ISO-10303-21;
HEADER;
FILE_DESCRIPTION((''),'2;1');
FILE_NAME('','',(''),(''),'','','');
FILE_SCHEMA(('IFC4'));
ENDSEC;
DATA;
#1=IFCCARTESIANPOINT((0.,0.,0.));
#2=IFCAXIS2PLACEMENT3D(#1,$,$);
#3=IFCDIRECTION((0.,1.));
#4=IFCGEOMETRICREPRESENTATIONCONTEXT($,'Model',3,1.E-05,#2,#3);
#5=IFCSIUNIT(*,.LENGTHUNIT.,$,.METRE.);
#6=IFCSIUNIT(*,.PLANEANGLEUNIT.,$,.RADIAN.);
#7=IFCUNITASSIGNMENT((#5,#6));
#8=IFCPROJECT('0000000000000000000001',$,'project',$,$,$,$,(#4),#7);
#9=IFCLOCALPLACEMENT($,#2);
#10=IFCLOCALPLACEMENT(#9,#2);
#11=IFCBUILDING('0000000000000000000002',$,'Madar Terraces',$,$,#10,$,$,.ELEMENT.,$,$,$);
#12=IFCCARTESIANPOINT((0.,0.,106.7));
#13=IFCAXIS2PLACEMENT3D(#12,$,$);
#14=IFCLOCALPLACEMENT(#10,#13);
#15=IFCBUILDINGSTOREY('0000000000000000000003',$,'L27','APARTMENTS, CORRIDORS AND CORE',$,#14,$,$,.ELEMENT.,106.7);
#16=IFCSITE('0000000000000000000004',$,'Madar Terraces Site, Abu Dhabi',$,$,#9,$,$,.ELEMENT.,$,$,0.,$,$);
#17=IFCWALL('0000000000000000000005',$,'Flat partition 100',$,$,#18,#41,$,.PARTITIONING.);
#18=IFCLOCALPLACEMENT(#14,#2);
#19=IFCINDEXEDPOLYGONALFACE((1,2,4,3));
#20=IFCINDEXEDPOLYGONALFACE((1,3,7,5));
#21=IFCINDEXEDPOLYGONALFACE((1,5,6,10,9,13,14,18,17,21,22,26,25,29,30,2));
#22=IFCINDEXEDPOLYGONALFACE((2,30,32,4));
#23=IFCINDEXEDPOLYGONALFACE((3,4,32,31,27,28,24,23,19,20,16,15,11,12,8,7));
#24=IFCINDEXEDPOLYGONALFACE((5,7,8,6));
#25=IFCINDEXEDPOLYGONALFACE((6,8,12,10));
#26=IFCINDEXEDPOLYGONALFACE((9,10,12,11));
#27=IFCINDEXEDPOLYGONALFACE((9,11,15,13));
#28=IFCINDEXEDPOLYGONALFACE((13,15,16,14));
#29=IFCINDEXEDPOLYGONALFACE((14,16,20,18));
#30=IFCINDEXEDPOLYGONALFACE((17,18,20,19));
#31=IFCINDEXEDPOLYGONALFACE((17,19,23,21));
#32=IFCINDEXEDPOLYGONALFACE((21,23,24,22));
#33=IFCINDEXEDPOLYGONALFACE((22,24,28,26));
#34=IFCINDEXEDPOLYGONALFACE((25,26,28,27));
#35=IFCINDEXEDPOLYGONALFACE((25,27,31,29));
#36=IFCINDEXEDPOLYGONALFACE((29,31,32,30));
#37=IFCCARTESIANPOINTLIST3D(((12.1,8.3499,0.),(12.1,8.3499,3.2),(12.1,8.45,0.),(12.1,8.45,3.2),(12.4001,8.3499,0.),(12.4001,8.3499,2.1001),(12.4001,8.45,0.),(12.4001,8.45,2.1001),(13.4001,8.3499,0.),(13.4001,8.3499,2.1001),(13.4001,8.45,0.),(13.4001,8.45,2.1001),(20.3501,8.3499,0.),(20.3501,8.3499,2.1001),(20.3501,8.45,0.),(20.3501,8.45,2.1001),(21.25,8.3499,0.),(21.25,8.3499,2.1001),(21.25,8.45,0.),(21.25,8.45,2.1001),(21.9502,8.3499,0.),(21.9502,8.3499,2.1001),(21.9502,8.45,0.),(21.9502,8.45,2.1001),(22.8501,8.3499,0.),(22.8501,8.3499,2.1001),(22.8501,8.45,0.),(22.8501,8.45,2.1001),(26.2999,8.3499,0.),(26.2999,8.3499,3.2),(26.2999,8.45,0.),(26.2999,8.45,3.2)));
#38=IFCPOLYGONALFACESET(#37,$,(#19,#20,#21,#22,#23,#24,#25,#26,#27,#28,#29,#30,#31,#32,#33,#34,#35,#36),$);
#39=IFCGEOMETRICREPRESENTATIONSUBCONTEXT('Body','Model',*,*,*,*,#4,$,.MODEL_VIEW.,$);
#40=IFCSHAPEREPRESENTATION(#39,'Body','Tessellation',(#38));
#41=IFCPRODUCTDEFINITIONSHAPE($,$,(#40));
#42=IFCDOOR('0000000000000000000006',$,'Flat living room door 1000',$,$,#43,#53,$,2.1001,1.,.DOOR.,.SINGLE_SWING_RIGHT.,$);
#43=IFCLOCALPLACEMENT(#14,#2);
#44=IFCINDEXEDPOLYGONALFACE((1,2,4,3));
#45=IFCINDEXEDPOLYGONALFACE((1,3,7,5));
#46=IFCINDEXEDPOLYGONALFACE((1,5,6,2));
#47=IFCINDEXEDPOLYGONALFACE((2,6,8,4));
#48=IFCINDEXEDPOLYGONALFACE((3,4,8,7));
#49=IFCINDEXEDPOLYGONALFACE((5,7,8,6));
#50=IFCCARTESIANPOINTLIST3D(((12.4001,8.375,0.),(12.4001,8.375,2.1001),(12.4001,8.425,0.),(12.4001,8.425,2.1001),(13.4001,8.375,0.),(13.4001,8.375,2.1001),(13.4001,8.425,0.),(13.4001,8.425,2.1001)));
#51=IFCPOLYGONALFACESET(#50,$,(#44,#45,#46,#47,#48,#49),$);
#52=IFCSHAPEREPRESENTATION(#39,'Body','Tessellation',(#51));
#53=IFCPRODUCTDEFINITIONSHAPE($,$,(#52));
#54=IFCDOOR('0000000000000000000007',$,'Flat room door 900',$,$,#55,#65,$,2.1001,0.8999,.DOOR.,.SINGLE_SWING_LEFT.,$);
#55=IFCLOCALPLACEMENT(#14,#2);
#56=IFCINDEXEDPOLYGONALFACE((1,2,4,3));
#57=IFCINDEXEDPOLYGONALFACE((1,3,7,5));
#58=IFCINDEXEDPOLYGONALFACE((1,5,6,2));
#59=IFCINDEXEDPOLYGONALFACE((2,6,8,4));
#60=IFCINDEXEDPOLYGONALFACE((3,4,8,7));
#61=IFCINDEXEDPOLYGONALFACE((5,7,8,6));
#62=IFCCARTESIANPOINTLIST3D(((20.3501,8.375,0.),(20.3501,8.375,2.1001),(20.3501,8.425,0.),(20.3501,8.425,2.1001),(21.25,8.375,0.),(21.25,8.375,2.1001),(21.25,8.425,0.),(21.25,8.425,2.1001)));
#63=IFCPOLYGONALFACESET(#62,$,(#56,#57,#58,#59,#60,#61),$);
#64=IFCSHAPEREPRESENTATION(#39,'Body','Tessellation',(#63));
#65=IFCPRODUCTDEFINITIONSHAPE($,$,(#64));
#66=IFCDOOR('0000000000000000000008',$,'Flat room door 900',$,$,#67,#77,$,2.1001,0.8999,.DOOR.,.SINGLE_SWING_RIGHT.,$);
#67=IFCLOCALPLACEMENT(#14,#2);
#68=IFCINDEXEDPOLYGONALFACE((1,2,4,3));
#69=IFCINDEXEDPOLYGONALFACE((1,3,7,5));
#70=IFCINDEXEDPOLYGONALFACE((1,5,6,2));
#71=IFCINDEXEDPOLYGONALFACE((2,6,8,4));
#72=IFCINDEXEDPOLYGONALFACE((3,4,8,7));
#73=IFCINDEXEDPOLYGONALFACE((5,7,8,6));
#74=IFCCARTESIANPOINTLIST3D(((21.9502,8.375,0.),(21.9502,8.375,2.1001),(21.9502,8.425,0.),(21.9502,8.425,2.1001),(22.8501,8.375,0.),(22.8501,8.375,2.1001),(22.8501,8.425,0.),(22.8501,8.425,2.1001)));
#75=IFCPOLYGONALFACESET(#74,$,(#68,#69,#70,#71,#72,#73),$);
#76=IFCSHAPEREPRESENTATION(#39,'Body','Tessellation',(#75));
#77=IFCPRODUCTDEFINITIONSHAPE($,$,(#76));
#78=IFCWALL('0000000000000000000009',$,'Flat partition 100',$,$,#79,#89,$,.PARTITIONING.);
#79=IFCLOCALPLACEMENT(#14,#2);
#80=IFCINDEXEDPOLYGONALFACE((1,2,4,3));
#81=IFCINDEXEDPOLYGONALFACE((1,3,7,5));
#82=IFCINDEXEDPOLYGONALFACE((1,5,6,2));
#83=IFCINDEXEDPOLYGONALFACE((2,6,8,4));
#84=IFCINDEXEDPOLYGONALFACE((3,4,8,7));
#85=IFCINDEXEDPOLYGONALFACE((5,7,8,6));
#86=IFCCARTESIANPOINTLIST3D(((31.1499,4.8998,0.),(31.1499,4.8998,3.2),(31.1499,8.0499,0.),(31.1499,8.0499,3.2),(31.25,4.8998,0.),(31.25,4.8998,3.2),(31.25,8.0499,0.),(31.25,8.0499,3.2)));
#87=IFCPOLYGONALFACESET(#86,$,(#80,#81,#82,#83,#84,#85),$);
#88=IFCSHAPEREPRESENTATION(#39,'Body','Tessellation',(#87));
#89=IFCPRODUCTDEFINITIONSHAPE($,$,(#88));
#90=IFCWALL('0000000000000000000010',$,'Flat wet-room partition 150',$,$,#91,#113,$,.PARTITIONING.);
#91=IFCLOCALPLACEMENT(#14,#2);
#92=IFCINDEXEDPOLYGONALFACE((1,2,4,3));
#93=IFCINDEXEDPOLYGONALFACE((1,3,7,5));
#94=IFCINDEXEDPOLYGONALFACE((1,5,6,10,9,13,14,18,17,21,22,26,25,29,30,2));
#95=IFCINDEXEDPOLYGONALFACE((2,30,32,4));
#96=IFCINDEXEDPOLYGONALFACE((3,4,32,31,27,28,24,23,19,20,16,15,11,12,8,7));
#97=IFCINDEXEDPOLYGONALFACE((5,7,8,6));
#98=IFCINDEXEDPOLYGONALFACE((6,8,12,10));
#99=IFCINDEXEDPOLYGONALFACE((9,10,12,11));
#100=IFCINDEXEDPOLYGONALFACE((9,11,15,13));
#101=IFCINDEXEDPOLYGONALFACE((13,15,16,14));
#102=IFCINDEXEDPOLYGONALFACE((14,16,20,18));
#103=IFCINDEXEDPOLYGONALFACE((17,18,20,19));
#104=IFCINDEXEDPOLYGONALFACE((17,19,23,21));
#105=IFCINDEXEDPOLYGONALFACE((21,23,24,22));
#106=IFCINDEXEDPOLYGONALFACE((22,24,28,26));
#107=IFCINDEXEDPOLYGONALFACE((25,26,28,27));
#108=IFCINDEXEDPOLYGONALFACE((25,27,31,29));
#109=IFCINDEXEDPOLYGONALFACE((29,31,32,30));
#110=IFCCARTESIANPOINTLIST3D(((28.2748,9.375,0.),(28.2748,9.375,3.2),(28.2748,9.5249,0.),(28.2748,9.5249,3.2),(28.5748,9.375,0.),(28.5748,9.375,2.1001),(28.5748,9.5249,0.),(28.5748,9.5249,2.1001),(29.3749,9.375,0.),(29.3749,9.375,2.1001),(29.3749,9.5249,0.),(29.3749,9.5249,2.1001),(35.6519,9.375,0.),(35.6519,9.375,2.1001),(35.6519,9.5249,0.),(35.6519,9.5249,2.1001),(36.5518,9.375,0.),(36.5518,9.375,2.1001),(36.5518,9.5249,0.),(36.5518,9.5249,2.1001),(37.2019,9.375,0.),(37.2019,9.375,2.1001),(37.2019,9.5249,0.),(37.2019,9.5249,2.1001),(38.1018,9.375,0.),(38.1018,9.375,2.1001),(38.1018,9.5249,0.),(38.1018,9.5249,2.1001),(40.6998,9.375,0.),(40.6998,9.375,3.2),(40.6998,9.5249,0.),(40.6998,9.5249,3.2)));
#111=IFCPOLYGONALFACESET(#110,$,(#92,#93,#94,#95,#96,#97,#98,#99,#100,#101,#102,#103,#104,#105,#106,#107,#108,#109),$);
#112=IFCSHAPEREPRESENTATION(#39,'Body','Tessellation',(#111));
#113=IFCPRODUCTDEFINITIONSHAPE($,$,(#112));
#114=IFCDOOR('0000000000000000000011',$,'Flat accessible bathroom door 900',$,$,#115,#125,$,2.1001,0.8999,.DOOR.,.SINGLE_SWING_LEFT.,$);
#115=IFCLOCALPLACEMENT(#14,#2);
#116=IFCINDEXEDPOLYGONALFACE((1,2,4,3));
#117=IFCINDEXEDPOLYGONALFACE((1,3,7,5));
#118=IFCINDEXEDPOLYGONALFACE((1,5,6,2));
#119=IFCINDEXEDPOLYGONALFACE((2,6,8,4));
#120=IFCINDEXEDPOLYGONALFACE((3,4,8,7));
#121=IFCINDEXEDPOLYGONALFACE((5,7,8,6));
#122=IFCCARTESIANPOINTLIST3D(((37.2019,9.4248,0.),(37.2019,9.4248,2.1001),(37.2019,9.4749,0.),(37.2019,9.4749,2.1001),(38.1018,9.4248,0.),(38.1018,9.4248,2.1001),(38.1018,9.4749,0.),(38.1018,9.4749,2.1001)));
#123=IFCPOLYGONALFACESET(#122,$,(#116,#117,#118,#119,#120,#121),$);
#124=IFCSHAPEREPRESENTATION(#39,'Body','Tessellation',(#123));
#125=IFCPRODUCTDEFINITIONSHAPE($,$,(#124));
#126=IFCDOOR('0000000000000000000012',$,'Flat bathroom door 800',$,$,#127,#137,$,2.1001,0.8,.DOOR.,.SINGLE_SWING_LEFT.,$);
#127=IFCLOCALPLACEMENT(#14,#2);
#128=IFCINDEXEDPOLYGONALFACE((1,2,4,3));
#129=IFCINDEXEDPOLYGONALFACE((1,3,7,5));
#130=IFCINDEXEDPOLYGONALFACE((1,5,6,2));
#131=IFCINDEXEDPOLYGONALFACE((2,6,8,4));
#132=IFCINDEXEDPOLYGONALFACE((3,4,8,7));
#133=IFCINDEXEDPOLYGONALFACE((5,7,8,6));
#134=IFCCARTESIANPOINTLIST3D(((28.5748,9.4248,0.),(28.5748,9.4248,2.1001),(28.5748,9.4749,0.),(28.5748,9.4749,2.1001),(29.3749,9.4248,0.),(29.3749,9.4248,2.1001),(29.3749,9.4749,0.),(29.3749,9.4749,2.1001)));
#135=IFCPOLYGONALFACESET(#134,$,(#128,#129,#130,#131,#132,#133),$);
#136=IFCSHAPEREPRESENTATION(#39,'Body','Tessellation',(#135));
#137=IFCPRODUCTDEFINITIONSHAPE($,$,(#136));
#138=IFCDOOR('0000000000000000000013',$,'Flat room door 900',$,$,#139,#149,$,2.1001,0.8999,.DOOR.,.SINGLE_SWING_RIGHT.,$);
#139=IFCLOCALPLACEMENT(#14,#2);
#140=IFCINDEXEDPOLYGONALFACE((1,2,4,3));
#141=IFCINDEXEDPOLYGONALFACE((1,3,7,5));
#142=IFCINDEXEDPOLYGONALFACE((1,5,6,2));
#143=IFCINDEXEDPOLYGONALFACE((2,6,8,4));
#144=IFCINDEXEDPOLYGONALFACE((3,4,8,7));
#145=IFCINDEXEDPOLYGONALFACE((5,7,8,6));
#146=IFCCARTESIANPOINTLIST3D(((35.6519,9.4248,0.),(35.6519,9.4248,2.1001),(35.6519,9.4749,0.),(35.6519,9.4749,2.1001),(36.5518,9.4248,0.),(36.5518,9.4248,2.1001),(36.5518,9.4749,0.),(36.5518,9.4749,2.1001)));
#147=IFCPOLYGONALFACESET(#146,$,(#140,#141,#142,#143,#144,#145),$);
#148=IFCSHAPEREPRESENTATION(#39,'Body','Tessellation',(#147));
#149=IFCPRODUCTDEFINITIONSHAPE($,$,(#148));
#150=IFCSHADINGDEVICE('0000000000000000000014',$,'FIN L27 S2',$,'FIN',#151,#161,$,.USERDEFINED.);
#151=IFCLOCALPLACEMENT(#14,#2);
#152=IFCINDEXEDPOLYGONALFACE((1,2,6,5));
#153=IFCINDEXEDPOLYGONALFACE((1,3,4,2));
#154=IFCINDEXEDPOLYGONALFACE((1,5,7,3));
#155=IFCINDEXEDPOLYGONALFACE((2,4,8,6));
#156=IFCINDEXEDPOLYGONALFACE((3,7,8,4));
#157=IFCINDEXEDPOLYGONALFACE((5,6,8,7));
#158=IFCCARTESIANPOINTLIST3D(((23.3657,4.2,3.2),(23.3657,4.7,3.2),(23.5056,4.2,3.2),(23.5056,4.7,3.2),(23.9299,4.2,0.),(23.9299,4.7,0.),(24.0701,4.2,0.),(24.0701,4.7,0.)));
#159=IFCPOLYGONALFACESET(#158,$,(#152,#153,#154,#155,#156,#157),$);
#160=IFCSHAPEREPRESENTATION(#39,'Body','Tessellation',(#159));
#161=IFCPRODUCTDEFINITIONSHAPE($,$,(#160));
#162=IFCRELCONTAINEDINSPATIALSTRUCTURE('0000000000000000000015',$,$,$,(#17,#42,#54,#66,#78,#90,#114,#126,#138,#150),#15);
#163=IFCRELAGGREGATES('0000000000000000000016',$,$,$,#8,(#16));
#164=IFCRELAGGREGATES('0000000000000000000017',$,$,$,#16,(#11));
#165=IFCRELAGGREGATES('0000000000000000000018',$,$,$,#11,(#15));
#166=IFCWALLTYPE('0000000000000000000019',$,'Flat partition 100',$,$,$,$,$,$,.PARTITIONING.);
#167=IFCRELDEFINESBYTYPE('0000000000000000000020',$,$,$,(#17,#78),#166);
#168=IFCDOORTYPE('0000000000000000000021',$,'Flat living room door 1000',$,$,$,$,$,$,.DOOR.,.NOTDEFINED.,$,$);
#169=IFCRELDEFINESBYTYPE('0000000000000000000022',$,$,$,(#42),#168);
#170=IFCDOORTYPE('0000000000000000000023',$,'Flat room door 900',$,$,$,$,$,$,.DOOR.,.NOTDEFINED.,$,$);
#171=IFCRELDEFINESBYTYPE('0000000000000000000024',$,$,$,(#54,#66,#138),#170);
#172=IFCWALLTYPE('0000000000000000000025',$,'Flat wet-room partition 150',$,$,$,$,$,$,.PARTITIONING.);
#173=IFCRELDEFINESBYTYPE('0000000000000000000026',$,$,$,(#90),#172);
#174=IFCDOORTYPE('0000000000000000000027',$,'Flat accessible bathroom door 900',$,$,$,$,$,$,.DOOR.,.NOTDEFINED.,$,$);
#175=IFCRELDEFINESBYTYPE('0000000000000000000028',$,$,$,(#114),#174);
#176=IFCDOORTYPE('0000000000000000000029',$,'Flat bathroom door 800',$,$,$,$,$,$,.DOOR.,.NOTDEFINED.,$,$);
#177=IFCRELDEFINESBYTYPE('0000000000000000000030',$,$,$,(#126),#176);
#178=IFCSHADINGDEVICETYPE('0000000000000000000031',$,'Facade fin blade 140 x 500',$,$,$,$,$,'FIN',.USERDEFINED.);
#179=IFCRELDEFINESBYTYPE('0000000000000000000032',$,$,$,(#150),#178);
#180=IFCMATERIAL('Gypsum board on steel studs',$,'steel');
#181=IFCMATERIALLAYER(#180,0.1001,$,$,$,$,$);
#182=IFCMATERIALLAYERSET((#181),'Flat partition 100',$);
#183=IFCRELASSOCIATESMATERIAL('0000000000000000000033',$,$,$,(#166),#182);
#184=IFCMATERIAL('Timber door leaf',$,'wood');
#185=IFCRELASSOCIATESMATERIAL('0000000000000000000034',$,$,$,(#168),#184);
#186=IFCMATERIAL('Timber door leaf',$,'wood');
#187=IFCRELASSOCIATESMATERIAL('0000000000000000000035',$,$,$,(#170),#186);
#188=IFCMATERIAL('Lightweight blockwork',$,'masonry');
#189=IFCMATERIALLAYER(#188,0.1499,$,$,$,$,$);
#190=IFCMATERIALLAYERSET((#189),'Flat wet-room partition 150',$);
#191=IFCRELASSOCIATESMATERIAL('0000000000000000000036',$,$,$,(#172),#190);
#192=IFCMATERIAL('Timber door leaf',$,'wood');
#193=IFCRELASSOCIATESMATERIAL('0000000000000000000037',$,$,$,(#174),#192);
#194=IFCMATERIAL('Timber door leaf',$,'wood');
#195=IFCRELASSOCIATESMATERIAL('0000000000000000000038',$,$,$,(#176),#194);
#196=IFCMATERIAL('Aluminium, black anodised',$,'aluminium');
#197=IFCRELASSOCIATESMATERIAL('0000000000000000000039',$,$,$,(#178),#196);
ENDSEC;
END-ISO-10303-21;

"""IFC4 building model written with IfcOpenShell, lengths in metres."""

from ifc_helpers import new_model, si_unit, direction, frame, frame_2d, origin, place, context, subcontext, project, spatial, polyline, rectangle, outline, extrude, material, layer, layer_set, type_object, element, fill, save


model = new_model("IFC4")

# Units and contexts
model_context = context("Model", 3, precision=1e-05, world=origin(), true_north=direction((0.0, 1.0)))
body_context = subcontext(model_context, "Body", "Model", "MODEL_VIEW")
ifc_project = project(units=[si_unit("LENGTHUNIT", "METRE"), si_unit("PLANEANGLEUNIT", "RADIAN")], contexts=[model_context])

# Site, building, storey
site_placement = place(None, origin())
site = spatial("IfcSite", under=ifc_project, at=site_placement, Name="Madar Terraces Site, Abu Dhabi", CompositionType="ELEMENT", RefElevation=0.0)
building_placement = place(site_placement, origin())
building = spatial("IfcBuilding", under=site, at=building_placement, Name="Madar Terraces", CompositionType="ELEMENT")
storey_placement = place(building_placement, frame((0.0, 0.0, 106.7)))
storey = spatial("IfcBuildingStorey", under=building, at=storey_placement, Name="L27", Description="APARTMENTS, CORRIDORS AND CORE", CompositionType="ELEMENT", Elevation=106.7)

# Shared definitions
ifc_material_1 = material(Name="Gypsum board on steel studs", Category="steel")
ifc_layer_1 = layer(ifc_material_1, 0.1001)
ifc_layer_set_1 = layer_set([ifc_layer_1], Name="Flat partition 100")
wall_type_1 = type_object("IfcWallType", Name="Flat partition 100", PredefinedType="PARTITIONING", material=ifc_layer_set_1)

# Wall, openings, doors
wall_1_placement = place(storey_placement, frame((26.3, 8.3999, 0.0), z_axis=(0.0, 0.0, 1.0), x_axis=(-1.0, 0.0, 0.0)))
wall_1 = element("IfcWall", 1, at=wall_1_placement, inside=storey, type_object=wall_type_1, Name="Flat partition 100", PredefinedType="PARTITIONING", context=body_context, shape_type="SweptSolid", body=[
    extrude(rectangle(XDim=14.2, YDim=0.1001, at=frame_2d((7.1001, 0.0))), origin(), (0.0, 0.0, 1.0), 3.2),
])
opening_1_placement = place(wall_1_placement, frame((12.8999, 0.0, 0.0)))
opening_1 = element("IfcOpeningElement", 2, at=opening_1_placement, cuts=wall_1, PredefinedType="OPENING", context=body_context, shape_type="SweptSolid", body=[
    extrude(rectangle(XDim=1.0, YDim=2.1001, at=frame_2d((0.5, 1.05))), frame((0.0, 0.0601, 0.0), z_axis=(0.0, -1.0, 0.0), x_axis=(1.0, 0.0, 0.0)), (0.0, 0.0, 1.0), 0.1201),
])
opening_2_placement = place(wall_1_placement, frame((5.05, 0.0, 0.0)))
opening_2 = element("IfcOpeningElement", 3, at=opening_2_placement, cuts=wall_1, PredefinedType="OPENING", context=body_context, shape_type="SweptSolid", body=[
    extrude(rectangle(XDim=0.8999, YDim=2.1001, at=frame_2d((0.45, 1.05))), frame((0.0, 0.0601, 0.0), z_axis=(0.0, -1.0, 0.0), x_axis=(1.0, 0.0, 0.0)), (0.0, 0.0, 1.0), 0.1201),
])
opening_3_placement = place(wall_1_placement, frame((3.45, 0.0, 0.0)))
opening_3 = element("IfcOpeningElement", 4, at=opening_3_placement, cuts=wall_1, PredefinedType="OPENING", context=body_context, shape_type="SweptSolid", body=[
    extrude(rectangle(XDim=0.8999, YDim=2.1001, at=frame_2d((0.45, 1.05))), frame((0.0, 0.0601, 0.0), z_axis=(0.0, -1.0, 0.0), x_axis=(1.0, 0.0, 0.0)), (0.0, 0.0, 1.0), 0.1201),
])
ifc_material_2 = material(Name="Timber door leaf", Category="wood")
door_type_1 = type_object("IfcDoorType", Name="Flat living room door 1000", OperationType="NOTDEFINED", PredefinedType="DOOR", material=ifc_material_2)
door_1_placement = place(opening_1_placement, origin())
door_1 = element("IfcDoor", 5, at=door_1_placement, inside=storey, type_object=door_type_1, Name="Flat living room door 1000", OperationType="SINGLE_SWING_RIGHT", OverallHeight=2.1001, OverallWidth=1.0, PredefinedType="DOOR", context=body_context, shape_type="SweptSolid", body=[
    extrude(rectangle(XDim=1.0, YDim=2.1001, at=frame_2d((0.5, 1.05))), frame((0.0, 0.0249, 0.0), z_axis=(0.0, -1.0, 0.0), x_axis=(1.0, 0.0, 0.0)), (0.0, 0.0, 1.0), 0.05),
])
fill(opening_1, door_1)
ifc_material_3 = material(Name="Timber door leaf", Category="wood")
door_type_2 = type_object("IfcDoorType", Name="Flat room door 900", OperationType="NOTDEFINED", PredefinedType="DOOR", material=ifc_material_3)
door_2_placement = place(opening_2_placement, origin())
door_2 = element("IfcDoor", 6, at=door_2_placement, inside=storey, type_object=door_type_2, Name="Flat room door 900", OperationType="SINGLE_SWING_LEFT", OverallHeight=2.1001, OverallWidth=0.8999, PredefinedType="DOOR", context=body_context, shape_type="SweptSolid", body=[
    extrude(rectangle(XDim=0.8999, YDim=2.1001, at=frame_2d((0.45, 1.05))), frame((0.0, 0.0249, 0.0), z_axis=(0.0, -1.0, 0.0), x_axis=(1.0, 0.0, 0.0)), (0.0, 0.0, 1.0), 0.05),
])
fill(opening_2, door_2)
door_3_placement = place(opening_3_placement, origin())
door_3 = element("IfcDoor", 7, at=door_3_placement, inside=storey, type_object=door_type_2, Name="Flat room door 900", OperationType="SINGLE_SWING_RIGHT", OverallHeight=2.1001, OverallWidth=0.8999, PredefinedType="DOOR", context=body_context, shape_type="SweptSolid", body=[
    extrude(rectangle(XDim=0.8999, YDim=2.1001, at=frame_2d((0.45, 1.05))), frame((0.0, 0.0249, 0.0), z_axis=(0.0, -1.0, 0.0), x_axis=(1.0, 0.0, 0.0)), (0.0, 0.0, 1.0), 0.05),
])
fill(opening_3, door_3)

# Wall
wall_2_placement = place(storey_placement, frame((31.2, 8.05, 0.0), z_axis=(0.0, 0.0, 1.0), x_axis=(0.0, -1.0, 0.0)))
element("IfcWall", 8, at=wall_2_placement, inside=storey, type_object=wall_type_1, Name="Flat partition 100", PredefinedType="PARTITIONING", context=body_context, shape_type="SweptSolid", body=[
    extrude(rectangle(XDim=3.1501, YDim=0.1001, at=frame_2d((1.5752, 0.0))), origin(), (0.0, 0.0, 1.0), 3.2),
])

# Wall, openings, doors
ifc_material_4 = material(Name="Lightweight blockwork", Category="masonry")
ifc_layer_2 = layer(ifc_material_4, 0.1499)
ifc_layer_set_2 = layer_set([ifc_layer_2], Name="Flat wet-room partition 150")
wall_type_2 = type_object("IfcWallType", Name="Flat wet-room partition 150", PredefinedType="PARTITIONING", material=ifc_layer_set_2)
wall_3_placement = place(storey_placement, frame((28.2749, 9.45, 0.0), z_axis=(0.0, 0.0, 1.0), x_axis=(1.0, 0.0, 0.0)))
wall_3 = element("IfcWall", 9, at=wall_3_placement, inside=storey, type_object=wall_type_2, Name="Flat wet-room partition 150", PredefinedType="PARTITIONING", context=body_context, shape_type="SweptSolid", body=[
    extrude(rectangle(XDim=12.425, YDim=0.1499, at=frame_2d((6.2124, 0.0))), origin(), (0.0, 0.0, 1.0), 3.2),
])
opening_4_placement = place(wall_3_placement, frame((0.3, 0.0, 0.0)))
opening_4 = element("IfcOpeningElement", 10, at=opening_4_placement, cuts=wall_3, PredefinedType="OPENING", context=body_context, shape_type="SweptSolid", body=[
    extrude(rectangle(XDim=0.8, YDim=2.1001, at=frame_2d((0.3999, 1.05))), frame((0.0, 0.085, 0.0), z_axis=(0.0, -1.0, 0.0), x_axis=(1.0, 0.0, 0.0)), (0.0, 0.0, 1.0), 0.1699),
])
opening_5_placement = place(wall_3_placement, frame((7.377, 0.0, 0.0)))
opening_5 = element("IfcOpeningElement", 11, at=opening_5_placement, cuts=wall_3, PredefinedType="OPENING", context=body_context, shape_type="SweptSolid", body=[
    extrude(rectangle(XDim=0.8999, YDim=2.1001, at=frame_2d((0.45, 1.05))), frame((0.0, 0.085, 0.0), z_axis=(0.0, -1.0, 0.0), x_axis=(1.0, 0.0, 0.0)), (0.0, 0.0, 1.0), 0.1699),
])
opening_6_placement = place(wall_3_placement, frame((8.927, 0.0, 0.0)))
opening_6 = element("IfcOpeningElement", 12, at=opening_6_placement, cuts=wall_3, PredefinedType="OPENING", context=body_context, shape_type="SweptSolid", body=[
    extrude(rectangle(XDim=0.8999, YDim=2.1001, at=frame_2d((0.45, 1.05))), frame((0.0, 0.085, 0.0), z_axis=(0.0, -1.0, 0.0), x_axis=(1.0, 0.0, 0.0)), (0.0, 0.0, 1.0), 0.1699),
])
ifc_material_5 = material(Name="Timber door leaf", Category="wood")
door_type_3 = type_object("IfcDoorType", Name="Flat accessible bathroom door 900", OperationType="NOTDEFINED", PredefinedType="DOOR", material=ifc_material_5)
door_4_placement = place(opening_6_placement, origin())
door_4 = element("IfcDoor", 13, at=door_4_placement, inside=storey, type_object=door_type_3, Name="Flat accessible bathroom door 900", OperationType="SINGLE_SWING_LEFT", OverallHeight=2.1001, OverallWidth=0.8999, PredefinedType="DOOR", context=body_context, shape_type="SweptSolid", body=[
    extrude(rectangle(XDim=0.8999, YDim=2.1001, at=frame_2d((0.45, 1.05))), frame((0.0, 0.0249, 0.0), z_axis=(0.0, -1.0, 0.0), x_axis=(1.0, 0.0, 0.0)), (0.0, 0.0, 1.0), 0.05),
])
fill(opening_6, door_4)
ifc_material_6 = material(Name="Timber door leaf", Category="wood")
door_type_4 = type_object("IfcDoorType", Name="Flat bathroom door 800", OperationType="NOTDEFINED", PredefinedType="DOOR", material=ifc_material_6)
door_5_placement = place(opening_4_placement, origin())
door_5 = element("IfcDoor", 14, at=door_5_placement, inside=storey, type_object=door_type_4, Name="Flat bathroom door 800", OperationType="SINGLE_SWING_LEFT", OverallHeight=2.1001, OverallWidth=0.8, PredefinedType="DOOR", context=body_context, shape_type="SweptSolid", body=[
    extrude(rectangle(XDim=0.8, YDim=2.1001, at=frame_2d((0.3999, 1.05))), frame((0.0, 0.0249, 0.0), z_axis=(0.0, -1.0, 0.0), x_axis=(1.0, 0.0, 0.0)), (0.0, 0.0, 1.0), 0.05),
])
fill(opening_4, door_5)
door_6_placement = place(opening_5_placement, origin())
door_6 = element("IfcDoor", 15, at=door_6_placement, inside=storey, type_object=door_type_2, Name="Flat room door 900", OperationType="SINGLE_SWING_RIGHT", OverallHeight=2.1001, OverallWidth=0.8999, PredefinedType="DOOR", context=body_context, shape_type="SweptSolid", body=[
    extrude(rectangle(XDim=0.8999, YDim=2.1001, at=frame_2d((0.45, 1.05))), frame((0.0, 0.0249, 0.0), z_axis=(0.0, -1.0, 0.0), x_axis=(1.0, 0.0, 0.0)), (0.0, 0.0, 1.0), 0.05),
])
fill(opening_5, door_6)

# Shading device
ifc_material_7 = material(Name="Aluminium, black anodised", Category="aluminium")
shading_device_type = type_object("IfcShadingDeviceType", Name="Facade fin blade 140 x 500", ElementType="FIN", PredefinedType="USERDEFINED", material=ifc_material_7)
shading_device_placement = place(storey_placement, frame((23.9299, 4.45, 0.0), z_axis=(0.0, 0.0, 1.0), x_axis=(1.0, 0.0, 0.0)))
element("IfcShadingDevice", 16, at=shading_device_placement, inside=storey, type_object=shading_device_type, Name="FIN L27 S2", ObjectType="FIN", PredefinedType="USERDEFINED", context=body_context, shape_type="SweptSolid", body=[
    extrude(outline(polyline([(0.0, 0.0), (0.1401, 0.0), (-0.4243, 3.2), (-0.5642, 3.2), (0.0, 0.0)])), frame((0.0, 0.25, 0.0), z_axis=(0.0, -1.0, 0.0), x_axis=(1.0, 0.0, 0.0)), (0.0, 0.0, 1.0), 0.5),
])

save(model, "model.ifc")
